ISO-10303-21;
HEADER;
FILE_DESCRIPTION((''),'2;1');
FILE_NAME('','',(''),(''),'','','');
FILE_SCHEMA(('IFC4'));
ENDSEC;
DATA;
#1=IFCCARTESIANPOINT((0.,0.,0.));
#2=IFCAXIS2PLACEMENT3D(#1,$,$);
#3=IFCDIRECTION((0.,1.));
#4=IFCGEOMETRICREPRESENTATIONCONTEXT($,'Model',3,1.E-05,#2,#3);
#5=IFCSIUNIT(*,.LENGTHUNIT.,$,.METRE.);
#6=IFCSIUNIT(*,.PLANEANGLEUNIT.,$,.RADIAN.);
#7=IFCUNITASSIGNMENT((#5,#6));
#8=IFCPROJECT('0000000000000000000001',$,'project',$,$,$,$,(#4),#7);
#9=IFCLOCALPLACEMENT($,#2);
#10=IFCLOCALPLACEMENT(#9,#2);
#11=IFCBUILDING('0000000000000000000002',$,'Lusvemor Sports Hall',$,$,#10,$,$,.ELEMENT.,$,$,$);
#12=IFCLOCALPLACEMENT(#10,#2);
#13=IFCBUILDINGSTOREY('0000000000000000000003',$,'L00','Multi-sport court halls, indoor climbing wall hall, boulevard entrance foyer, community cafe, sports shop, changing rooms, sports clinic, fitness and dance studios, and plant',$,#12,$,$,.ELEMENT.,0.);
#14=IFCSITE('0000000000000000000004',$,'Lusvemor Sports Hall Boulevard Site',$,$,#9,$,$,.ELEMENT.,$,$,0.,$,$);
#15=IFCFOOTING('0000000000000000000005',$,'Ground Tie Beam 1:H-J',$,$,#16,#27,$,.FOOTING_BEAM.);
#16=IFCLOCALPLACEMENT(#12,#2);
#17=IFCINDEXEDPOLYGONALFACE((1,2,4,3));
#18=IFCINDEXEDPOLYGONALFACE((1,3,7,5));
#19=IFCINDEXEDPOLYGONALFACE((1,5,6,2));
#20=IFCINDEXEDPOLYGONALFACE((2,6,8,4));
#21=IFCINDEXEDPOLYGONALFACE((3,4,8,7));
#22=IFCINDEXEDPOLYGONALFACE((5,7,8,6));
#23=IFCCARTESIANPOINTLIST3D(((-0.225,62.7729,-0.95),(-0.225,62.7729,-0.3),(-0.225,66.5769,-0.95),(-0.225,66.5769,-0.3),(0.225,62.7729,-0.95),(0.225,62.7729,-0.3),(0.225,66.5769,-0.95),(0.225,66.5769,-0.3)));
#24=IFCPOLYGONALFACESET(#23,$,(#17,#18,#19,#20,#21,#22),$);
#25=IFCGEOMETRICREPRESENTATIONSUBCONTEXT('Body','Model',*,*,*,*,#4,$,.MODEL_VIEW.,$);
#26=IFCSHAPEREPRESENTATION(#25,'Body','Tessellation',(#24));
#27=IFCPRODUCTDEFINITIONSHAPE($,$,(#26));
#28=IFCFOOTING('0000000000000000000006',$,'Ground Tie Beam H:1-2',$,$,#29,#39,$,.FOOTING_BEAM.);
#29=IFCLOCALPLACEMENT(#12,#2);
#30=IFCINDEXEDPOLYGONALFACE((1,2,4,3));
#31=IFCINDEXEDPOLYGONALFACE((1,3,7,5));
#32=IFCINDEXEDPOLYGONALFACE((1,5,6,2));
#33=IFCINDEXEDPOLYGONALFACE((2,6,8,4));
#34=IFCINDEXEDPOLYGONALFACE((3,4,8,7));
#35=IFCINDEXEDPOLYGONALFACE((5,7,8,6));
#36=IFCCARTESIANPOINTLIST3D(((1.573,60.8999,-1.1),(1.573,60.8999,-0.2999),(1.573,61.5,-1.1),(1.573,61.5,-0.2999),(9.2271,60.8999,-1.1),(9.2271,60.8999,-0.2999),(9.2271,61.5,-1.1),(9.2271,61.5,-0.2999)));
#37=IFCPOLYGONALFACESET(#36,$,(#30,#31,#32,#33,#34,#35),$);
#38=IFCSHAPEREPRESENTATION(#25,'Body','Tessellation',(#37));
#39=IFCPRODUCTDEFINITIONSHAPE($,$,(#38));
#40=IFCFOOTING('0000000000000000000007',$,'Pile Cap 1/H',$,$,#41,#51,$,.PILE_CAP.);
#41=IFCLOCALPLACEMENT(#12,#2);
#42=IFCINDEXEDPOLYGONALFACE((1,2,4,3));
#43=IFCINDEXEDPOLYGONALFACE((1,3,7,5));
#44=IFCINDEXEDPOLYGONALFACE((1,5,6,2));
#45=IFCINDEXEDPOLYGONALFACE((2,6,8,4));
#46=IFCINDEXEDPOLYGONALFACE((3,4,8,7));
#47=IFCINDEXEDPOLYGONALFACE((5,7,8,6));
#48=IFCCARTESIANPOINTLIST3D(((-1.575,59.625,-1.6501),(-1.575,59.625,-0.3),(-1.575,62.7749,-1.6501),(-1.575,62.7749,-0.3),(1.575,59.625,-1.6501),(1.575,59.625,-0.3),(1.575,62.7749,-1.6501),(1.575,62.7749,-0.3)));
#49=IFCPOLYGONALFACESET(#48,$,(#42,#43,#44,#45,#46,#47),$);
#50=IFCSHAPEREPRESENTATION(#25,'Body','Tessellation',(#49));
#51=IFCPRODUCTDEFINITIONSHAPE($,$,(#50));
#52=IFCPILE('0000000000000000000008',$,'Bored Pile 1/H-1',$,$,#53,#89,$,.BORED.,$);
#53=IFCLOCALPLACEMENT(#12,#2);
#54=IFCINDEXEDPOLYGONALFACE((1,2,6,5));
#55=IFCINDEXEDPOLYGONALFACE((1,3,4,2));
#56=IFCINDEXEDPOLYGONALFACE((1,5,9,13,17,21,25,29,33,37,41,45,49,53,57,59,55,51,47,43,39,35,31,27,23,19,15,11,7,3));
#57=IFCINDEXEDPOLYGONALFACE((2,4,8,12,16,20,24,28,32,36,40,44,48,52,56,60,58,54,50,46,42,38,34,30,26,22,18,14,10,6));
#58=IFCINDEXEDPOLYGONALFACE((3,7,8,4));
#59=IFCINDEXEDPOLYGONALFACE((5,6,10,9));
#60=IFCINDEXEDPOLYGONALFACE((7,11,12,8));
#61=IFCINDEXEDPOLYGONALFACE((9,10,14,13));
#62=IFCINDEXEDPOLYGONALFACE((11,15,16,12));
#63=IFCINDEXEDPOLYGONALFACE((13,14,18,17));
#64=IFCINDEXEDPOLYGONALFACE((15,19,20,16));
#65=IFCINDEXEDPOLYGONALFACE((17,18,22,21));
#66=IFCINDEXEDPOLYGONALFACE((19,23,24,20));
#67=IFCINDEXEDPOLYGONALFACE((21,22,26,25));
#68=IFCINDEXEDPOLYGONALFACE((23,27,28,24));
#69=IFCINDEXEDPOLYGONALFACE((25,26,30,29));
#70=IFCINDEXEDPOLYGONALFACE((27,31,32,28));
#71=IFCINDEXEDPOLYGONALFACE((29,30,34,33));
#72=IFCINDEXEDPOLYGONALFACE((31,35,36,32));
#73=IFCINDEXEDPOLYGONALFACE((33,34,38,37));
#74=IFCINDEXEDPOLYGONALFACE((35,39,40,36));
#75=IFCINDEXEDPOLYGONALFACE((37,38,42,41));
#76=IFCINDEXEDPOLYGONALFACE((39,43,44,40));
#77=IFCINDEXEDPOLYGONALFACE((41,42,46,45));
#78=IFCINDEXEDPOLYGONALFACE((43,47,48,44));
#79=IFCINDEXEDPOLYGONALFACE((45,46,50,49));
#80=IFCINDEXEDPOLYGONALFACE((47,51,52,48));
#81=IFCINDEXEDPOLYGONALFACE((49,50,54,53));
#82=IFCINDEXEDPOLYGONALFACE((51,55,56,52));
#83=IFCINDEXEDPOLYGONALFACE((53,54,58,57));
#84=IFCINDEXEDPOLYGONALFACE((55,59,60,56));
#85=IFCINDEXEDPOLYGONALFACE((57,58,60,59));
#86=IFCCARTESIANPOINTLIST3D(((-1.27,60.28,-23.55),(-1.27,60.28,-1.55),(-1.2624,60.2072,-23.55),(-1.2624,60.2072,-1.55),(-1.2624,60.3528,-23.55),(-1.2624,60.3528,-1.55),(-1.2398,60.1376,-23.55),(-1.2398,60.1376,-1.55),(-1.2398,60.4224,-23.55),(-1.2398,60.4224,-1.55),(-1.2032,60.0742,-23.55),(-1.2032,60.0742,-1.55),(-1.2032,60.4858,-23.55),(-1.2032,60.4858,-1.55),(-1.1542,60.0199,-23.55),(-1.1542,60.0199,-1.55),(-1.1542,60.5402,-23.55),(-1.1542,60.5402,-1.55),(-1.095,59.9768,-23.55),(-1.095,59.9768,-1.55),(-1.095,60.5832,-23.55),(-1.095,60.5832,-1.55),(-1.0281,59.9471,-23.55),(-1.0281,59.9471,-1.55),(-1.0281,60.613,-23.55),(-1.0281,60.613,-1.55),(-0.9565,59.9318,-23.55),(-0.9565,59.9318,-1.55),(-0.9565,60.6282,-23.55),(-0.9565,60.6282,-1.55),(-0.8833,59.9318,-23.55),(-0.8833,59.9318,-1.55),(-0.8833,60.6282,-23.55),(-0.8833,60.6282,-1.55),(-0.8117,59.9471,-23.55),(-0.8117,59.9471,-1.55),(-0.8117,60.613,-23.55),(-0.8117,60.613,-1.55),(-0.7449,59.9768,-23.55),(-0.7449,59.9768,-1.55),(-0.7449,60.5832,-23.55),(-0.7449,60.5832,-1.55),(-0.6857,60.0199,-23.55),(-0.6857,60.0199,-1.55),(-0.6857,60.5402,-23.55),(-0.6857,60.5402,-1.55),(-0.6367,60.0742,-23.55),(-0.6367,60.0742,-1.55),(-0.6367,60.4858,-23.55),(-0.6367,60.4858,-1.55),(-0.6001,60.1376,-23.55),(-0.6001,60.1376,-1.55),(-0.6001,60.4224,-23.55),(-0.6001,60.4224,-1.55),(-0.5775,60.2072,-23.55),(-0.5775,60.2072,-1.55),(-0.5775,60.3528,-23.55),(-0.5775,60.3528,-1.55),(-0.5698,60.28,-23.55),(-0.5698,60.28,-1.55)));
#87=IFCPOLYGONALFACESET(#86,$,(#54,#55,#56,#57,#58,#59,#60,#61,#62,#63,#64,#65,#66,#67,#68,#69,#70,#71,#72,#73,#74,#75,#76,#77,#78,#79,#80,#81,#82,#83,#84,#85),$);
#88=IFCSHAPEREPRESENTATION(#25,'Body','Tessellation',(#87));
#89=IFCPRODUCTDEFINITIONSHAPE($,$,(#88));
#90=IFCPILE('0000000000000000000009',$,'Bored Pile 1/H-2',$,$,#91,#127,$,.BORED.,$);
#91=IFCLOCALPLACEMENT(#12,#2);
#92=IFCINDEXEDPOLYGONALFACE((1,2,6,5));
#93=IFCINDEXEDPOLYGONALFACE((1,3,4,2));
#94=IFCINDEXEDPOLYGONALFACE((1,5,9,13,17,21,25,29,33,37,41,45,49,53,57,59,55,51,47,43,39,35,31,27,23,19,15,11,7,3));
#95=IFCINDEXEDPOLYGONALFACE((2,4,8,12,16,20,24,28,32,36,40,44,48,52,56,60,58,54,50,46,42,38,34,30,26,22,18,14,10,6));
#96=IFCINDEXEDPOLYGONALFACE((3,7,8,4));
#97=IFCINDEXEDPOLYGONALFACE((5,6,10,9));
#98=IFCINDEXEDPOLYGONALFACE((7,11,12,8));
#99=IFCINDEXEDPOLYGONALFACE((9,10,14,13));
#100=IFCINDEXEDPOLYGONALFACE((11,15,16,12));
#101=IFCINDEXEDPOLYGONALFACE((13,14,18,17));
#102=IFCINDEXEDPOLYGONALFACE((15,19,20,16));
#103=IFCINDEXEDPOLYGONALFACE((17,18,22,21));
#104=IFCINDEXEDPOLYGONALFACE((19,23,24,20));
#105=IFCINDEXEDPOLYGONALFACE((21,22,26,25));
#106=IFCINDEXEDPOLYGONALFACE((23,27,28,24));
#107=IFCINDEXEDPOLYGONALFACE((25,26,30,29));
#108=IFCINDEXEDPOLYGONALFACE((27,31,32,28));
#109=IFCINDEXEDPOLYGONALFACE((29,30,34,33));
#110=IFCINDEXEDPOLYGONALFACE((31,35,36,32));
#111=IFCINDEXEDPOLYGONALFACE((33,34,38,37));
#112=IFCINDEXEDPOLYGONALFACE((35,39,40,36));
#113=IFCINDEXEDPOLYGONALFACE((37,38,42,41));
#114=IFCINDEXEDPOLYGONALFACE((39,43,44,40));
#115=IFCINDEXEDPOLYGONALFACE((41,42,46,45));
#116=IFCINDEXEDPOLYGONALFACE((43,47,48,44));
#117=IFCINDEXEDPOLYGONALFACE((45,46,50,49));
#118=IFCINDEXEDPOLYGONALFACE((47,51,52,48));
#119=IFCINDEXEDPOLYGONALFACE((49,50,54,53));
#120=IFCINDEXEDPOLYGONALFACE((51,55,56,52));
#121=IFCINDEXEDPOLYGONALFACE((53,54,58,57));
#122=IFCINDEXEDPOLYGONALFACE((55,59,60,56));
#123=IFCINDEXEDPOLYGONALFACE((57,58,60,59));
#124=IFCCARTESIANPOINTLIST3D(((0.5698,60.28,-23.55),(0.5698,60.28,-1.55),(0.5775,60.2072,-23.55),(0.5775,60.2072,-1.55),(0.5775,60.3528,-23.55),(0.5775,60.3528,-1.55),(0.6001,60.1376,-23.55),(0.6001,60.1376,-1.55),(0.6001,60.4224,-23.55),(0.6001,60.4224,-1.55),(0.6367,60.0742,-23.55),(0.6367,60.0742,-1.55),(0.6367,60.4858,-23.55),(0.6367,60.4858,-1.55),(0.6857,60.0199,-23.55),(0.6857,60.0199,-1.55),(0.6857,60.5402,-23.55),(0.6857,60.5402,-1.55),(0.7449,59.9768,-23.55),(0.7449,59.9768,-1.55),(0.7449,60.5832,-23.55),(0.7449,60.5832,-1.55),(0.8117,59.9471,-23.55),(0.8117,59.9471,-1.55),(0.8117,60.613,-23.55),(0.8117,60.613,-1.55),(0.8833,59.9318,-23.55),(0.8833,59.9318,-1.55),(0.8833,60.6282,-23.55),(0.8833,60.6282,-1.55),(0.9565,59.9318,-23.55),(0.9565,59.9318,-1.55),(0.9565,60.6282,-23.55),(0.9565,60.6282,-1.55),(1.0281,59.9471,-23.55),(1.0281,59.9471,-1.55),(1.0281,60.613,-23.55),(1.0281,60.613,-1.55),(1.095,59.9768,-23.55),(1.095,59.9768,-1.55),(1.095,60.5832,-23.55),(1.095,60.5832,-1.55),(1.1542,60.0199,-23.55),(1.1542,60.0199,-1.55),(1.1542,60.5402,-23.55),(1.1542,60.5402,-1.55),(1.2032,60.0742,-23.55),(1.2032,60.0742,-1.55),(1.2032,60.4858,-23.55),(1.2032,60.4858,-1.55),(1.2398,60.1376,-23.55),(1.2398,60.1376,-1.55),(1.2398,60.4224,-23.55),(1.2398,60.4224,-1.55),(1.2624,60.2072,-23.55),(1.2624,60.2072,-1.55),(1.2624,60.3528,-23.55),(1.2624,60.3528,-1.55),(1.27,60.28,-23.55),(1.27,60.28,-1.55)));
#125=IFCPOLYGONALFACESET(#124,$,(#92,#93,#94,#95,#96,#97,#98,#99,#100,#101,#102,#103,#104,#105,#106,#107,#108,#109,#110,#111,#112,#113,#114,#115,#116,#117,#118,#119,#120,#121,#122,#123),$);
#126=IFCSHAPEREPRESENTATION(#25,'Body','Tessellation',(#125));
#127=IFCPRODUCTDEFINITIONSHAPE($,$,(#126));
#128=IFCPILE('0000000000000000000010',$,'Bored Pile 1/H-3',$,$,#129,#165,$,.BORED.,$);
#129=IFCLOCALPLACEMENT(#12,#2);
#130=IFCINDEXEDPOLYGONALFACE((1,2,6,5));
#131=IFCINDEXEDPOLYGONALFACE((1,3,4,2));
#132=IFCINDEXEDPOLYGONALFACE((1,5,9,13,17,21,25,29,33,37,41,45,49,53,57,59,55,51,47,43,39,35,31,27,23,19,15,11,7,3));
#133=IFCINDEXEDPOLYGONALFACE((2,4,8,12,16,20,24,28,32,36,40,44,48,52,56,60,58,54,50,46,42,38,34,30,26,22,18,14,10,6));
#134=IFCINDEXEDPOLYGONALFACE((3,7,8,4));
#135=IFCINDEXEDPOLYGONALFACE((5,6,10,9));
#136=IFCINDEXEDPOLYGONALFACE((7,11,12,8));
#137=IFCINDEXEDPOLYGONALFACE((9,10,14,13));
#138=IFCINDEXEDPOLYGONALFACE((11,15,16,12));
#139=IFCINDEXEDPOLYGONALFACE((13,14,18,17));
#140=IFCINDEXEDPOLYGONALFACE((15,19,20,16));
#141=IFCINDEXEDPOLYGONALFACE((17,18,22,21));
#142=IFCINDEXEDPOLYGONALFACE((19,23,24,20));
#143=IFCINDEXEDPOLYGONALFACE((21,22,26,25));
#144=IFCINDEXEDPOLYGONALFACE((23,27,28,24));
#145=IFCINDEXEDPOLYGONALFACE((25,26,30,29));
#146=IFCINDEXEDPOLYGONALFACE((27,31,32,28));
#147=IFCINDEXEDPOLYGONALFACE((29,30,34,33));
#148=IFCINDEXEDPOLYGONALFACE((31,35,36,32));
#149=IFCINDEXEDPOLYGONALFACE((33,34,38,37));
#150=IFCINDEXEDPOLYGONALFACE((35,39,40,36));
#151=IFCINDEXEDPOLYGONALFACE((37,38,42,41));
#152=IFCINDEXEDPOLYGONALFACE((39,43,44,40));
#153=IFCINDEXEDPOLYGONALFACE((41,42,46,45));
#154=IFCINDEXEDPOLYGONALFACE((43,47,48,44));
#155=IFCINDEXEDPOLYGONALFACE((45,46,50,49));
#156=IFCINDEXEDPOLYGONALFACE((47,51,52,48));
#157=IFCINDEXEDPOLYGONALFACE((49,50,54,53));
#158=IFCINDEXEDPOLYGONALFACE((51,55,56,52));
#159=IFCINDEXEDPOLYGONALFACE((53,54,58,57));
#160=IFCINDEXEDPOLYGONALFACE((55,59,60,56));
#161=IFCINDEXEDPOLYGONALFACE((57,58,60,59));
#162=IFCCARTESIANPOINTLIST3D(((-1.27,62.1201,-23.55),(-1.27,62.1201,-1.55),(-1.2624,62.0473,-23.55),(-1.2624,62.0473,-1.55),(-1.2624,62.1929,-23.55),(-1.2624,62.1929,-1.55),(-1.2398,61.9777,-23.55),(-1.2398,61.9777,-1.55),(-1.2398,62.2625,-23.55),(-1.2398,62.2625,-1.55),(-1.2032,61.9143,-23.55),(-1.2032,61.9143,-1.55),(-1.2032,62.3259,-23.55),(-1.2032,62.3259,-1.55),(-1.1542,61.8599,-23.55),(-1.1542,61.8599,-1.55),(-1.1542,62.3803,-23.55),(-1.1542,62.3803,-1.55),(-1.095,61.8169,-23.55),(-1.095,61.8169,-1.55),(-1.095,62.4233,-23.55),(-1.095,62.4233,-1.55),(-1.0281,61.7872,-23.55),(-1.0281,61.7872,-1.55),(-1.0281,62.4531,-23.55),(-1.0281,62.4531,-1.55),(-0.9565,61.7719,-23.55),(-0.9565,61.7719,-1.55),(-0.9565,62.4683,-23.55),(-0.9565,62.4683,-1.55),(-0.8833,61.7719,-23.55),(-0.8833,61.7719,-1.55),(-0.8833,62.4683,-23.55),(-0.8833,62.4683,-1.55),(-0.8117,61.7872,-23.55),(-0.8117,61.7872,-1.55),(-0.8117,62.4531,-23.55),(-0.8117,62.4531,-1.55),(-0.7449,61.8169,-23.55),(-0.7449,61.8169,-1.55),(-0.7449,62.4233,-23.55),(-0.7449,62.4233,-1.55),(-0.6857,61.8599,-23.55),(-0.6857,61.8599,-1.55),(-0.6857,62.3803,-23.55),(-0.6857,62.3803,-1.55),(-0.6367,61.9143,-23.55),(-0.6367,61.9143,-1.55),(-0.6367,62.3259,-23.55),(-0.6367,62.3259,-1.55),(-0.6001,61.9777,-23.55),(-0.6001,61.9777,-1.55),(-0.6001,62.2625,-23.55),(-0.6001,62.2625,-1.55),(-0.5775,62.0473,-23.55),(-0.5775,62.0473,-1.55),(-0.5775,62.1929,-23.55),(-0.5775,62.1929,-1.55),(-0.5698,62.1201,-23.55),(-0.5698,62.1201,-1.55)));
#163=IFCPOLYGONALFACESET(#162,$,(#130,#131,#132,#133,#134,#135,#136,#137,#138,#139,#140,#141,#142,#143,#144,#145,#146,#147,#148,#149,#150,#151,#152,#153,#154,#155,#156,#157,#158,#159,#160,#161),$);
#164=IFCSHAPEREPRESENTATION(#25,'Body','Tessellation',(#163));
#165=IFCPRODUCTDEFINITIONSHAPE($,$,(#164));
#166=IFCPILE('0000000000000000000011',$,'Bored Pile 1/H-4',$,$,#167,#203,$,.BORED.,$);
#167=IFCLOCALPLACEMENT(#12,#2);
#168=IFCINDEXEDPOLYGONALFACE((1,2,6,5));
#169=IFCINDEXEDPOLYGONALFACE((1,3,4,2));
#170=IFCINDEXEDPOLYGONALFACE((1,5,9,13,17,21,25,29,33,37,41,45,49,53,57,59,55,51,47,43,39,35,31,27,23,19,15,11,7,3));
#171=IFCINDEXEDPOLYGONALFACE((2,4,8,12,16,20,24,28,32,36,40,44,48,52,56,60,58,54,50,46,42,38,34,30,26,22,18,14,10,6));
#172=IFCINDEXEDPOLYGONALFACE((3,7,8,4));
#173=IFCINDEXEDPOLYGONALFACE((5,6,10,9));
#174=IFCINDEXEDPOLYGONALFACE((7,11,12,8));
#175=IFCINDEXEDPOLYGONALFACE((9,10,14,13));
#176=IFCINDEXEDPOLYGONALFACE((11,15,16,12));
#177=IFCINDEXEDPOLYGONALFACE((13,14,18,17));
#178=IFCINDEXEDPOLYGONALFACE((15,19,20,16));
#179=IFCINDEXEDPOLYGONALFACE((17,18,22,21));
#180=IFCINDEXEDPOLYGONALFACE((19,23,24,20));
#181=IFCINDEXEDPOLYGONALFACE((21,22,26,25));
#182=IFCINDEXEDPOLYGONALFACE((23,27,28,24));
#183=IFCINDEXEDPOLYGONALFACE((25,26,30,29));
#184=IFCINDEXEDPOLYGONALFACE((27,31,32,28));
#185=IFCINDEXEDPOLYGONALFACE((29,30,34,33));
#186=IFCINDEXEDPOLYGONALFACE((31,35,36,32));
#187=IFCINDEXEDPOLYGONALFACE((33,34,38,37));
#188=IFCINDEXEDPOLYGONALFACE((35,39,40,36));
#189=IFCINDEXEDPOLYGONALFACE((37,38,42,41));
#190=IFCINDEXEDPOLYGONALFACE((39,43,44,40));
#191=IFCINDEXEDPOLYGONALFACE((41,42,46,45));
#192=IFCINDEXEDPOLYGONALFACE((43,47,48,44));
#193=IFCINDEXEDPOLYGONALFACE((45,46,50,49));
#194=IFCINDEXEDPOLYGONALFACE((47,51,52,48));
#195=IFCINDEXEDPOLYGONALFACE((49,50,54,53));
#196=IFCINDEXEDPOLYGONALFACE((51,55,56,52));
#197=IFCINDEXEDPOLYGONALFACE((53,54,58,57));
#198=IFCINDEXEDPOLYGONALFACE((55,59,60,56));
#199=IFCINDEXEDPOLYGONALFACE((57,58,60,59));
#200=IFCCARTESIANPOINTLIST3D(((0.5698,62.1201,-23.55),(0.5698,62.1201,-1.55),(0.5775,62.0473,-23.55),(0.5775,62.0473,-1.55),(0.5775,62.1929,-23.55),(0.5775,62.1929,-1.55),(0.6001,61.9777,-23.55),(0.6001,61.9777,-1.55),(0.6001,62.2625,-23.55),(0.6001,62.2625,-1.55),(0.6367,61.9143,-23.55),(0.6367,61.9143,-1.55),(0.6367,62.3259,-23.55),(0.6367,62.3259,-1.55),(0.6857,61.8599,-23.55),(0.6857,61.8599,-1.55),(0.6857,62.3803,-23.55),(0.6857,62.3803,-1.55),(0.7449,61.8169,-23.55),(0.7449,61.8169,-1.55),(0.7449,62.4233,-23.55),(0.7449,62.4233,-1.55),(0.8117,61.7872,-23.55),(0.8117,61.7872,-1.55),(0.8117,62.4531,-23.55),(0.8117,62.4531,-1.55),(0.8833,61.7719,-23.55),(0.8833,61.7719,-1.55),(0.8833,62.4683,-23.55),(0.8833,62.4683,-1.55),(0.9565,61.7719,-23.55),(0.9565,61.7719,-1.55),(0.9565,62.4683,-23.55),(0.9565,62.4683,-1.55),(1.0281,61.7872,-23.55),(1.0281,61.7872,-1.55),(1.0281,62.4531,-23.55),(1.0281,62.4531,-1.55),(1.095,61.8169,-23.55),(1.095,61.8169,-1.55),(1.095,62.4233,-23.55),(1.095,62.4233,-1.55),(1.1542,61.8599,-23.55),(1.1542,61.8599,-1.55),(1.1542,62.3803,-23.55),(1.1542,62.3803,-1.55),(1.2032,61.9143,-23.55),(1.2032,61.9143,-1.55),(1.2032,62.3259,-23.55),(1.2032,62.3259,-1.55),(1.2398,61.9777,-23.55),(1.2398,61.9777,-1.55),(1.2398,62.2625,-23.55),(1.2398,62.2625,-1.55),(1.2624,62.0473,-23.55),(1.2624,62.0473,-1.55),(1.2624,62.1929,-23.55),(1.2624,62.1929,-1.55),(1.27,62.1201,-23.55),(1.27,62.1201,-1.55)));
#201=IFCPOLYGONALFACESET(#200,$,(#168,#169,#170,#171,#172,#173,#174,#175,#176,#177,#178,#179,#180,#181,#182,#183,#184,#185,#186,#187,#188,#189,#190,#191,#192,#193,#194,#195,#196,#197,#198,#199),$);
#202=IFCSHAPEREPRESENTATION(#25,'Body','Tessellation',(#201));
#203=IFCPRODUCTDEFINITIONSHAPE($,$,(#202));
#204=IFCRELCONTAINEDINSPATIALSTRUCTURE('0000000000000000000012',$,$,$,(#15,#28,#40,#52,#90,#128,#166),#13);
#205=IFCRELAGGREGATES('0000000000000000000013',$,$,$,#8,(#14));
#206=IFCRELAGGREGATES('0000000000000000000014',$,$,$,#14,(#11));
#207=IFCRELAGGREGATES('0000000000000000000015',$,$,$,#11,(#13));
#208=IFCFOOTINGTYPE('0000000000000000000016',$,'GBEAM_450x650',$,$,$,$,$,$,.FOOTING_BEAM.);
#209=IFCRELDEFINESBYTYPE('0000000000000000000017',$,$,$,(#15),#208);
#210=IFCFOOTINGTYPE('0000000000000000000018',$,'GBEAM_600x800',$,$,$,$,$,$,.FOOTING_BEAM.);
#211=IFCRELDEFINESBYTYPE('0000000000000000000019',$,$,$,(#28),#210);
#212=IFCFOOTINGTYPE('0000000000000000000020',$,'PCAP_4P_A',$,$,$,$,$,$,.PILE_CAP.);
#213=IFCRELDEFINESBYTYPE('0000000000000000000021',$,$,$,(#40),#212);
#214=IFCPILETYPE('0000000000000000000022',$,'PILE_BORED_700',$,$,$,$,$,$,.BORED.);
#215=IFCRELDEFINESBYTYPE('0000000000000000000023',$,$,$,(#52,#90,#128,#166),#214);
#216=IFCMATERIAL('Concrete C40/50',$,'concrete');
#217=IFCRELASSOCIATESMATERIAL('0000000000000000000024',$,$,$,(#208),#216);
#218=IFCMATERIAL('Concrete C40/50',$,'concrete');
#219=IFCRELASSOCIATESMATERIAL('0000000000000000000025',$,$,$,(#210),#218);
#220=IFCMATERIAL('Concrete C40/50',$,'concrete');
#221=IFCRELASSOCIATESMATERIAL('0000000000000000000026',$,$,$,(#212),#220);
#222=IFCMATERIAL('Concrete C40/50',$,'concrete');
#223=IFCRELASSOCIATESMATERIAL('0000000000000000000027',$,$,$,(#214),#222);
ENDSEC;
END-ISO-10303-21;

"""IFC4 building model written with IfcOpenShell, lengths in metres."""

from ifc_helpers import new_model, si_unit, direction, frame, origin, origin_2d, place, context, subcontext, project, spatial, rectangle, circle, extrude, material, material_profile, profile_set, type_object, element, save


model = new_model("IFC4")

# Units and contexts
model_context = context("Model", 3, precision=1e-05, world=origin(), true_north=direction((0.0, 1.0)))
body_context = subcontext(model_context, "Body", "Model", "MODEL_VIEW")
ifc_project = project(units=[si_unit("LENGTHUNIT", "METRE"), si_unit("PLANEANGLEUNIT", "RADIAN")], contexts=[model_context])

# Site, building, storey
site_placement = place(None, origin())
site = spatial("IfcSite", under=ifc_project, at=site_placement, Name="Lusvemor Sports Hall Boulevard Site", CompositionType="ELEMENT", RefElevation=0.0)
building_placement = place(site_placement, origin())
building = spatial("IfcBuilding", under=site, at=building_placement, Name="Lusvemor Sports Hall", CompositionType="ELEMENT")
storey_placement = place(building_placement, origin())
storey = spatial("IfcBuildingStorey", under=building, at=storey_placement, Name="L00", Description="Multi-sport court halls, indoor climbing wall hall, boulevard entrance foyer, community cafe, sports shop, changing rooms, sports clinic, fitness and dance studios, and plant", CompositionType="ELEMENT", Elevation=0.0)

# Footings
ifc_material_1 = material(Name="Concrete C40/50", Category="concrete")
ifc_material_profile_1 = material_profile(ifc_material_1, rectangle(XDim=0.45, YDim=0.6499, at=origin_2d()), Name="GB_450x650")
ifc_profile_set_1 = profile_set([ifc_material_profile_1], Name="Concrete C40/50")
footing_type_1 = type_object("IfcFootingType", Name="GBEAM_450x650", PredefinedType="FOOTING_BEAM", material=ifc_profile_set_1)
footing_1_placement = place(storey_placement, frame((0.0, 62.7729, -0.625), z_axis=(0.0, 1.0, 0.0), x_axis=(-1.0, 0.0, 0.0)))
element("IfcFooting", 1, at=footing_1_placement, inside=storey, type_object=footing_type_1, Name="Ground Tie Beam 1:H-J", PredefinedType="FOOTING_BEAM", context=body_context, shape_type="SweptSolid", body=[
    extrude(rectangle(XDim=0.45, YDim=0.6499, at=origin_2d()), origin(), (0.0, 0.0, 1.0), 3.804),
])
ifc_material_2 = material(Name="Concrete C40/50", Category="concrete")
ifc_material_profile_2 = material_profile(ifc_material_2, rectangle(XDim=0.6001, YDim=0.8, at=origin_2d()), Name="GB_600x800")
ifc_profile_set_2 = profile_set([ifc_material_profile_2], Name="Concrete C40/50")
footing_type_2 = type_object("IfcFootingType", Name="GBEAM_600x800", PredefinedType="FOOTING_BEAM", material=ifc_profile_set_2)
footing_2_placement = place(storey_placement, frame((1.573, 61.2, -0.7), z_axis=(1.0, 0.0, 0.0), x_axis=(0.0, 1.0, 0.0)))
element("IfcFooting", 2, at=footing_2_placement, inside=storey, type_object=footing_type_2, Name="Ground Tie Beam H:1-2", PredefinedType="FOOTING_BEAM", context=body_context, shape_type="SweptSolid", body=[
    extrude(rectangle(XDim=0.6001, YDim=0.8, at=origin_2d()), origin(), (0.0, 0.0, 1.0), 7.6541),
])
ifc_material_3 = material(Name="Concrete C40/50", Category="concrete")
footing_type_3 = type_object("IfcFootingType", Name="PCAP_4P_A", PredefinedType="PILE_CAP", material=ifc_material_3)
footing_3_placement = place(storey_placement, frame((0.0, 61.2, -1.6501), z_axis=(0.0, 0.0, 1.0), x_axis=(1.0, 0.0, 0.0)))
element("IfcFooting", 3, at=footing_3_placement, inside=storey, type_object=footing_type_3, Name="Pile Cap 1/H", PredefinedType="PILE_CAP", context=body_context, shape_type="SweptSolid", body=[
    extrude(rectangle(XDim=3.1499, YDim=3.1499, at=origin_2d()), origin(), (0.0, 0.0, 1.0), 1.3501),
])

# Piles
ifc_material_4 = material(Name="Concrete C40/50", Category="concrete")
ifc_material_profile_3 = material_profile(ifc_material_4, circle(Radius=0.3501, at=origin_2d()), Name="PILE700")
ifc_profile_set_3 = profile_set([ifc_material_profile_3], Name="Concrete C40/50")
pile_type = type_object("IfcPileType", Name="PILE_BORED_700", PredefinedType="BORED", material=ifc_profile_set_3)
for number, where, z_axis, x_axis, name in (
    (4, (-0.9199, 60.28, -1.55), (0.0, 0.0, -1.0), (1.0, 0.0, 0.0), "Bored Pile 1/H-1"),
    (5, (0.9199, 60.28, -1.55), (0.0, 0.0, -1.0), (1.0, 0.0, 0.0), "Bored Pile 1/H-2"),
    (6, (-0.9199, 62.1201, -1.55), (0.0, 0.0, -1.0), (1.0, 0.0, 0.0), "Bored Pile 1/H-3"),
    (7, (0.9199, 62.1201, -1.55), (0.0, 0.0, -1.0), (1.0, 0.0, 0.0), "Bored Pile 1/H-4"),
):
    element("IfcPile", number, at=place(storey_placement, frame(where, z_axis=z_axis, x_axis=x_axis)), inside=storey, type_object=pile_type, Name=name, PredefinedType="BORED", context=body_context, shape_type="SweptSolid", body=[
        extrude(circle(Radius=0.3501, at=origin_2d()), origin(), (0.0, 0.0, 1.0), 22.0),
    ])

save(model, "model.ifc")
